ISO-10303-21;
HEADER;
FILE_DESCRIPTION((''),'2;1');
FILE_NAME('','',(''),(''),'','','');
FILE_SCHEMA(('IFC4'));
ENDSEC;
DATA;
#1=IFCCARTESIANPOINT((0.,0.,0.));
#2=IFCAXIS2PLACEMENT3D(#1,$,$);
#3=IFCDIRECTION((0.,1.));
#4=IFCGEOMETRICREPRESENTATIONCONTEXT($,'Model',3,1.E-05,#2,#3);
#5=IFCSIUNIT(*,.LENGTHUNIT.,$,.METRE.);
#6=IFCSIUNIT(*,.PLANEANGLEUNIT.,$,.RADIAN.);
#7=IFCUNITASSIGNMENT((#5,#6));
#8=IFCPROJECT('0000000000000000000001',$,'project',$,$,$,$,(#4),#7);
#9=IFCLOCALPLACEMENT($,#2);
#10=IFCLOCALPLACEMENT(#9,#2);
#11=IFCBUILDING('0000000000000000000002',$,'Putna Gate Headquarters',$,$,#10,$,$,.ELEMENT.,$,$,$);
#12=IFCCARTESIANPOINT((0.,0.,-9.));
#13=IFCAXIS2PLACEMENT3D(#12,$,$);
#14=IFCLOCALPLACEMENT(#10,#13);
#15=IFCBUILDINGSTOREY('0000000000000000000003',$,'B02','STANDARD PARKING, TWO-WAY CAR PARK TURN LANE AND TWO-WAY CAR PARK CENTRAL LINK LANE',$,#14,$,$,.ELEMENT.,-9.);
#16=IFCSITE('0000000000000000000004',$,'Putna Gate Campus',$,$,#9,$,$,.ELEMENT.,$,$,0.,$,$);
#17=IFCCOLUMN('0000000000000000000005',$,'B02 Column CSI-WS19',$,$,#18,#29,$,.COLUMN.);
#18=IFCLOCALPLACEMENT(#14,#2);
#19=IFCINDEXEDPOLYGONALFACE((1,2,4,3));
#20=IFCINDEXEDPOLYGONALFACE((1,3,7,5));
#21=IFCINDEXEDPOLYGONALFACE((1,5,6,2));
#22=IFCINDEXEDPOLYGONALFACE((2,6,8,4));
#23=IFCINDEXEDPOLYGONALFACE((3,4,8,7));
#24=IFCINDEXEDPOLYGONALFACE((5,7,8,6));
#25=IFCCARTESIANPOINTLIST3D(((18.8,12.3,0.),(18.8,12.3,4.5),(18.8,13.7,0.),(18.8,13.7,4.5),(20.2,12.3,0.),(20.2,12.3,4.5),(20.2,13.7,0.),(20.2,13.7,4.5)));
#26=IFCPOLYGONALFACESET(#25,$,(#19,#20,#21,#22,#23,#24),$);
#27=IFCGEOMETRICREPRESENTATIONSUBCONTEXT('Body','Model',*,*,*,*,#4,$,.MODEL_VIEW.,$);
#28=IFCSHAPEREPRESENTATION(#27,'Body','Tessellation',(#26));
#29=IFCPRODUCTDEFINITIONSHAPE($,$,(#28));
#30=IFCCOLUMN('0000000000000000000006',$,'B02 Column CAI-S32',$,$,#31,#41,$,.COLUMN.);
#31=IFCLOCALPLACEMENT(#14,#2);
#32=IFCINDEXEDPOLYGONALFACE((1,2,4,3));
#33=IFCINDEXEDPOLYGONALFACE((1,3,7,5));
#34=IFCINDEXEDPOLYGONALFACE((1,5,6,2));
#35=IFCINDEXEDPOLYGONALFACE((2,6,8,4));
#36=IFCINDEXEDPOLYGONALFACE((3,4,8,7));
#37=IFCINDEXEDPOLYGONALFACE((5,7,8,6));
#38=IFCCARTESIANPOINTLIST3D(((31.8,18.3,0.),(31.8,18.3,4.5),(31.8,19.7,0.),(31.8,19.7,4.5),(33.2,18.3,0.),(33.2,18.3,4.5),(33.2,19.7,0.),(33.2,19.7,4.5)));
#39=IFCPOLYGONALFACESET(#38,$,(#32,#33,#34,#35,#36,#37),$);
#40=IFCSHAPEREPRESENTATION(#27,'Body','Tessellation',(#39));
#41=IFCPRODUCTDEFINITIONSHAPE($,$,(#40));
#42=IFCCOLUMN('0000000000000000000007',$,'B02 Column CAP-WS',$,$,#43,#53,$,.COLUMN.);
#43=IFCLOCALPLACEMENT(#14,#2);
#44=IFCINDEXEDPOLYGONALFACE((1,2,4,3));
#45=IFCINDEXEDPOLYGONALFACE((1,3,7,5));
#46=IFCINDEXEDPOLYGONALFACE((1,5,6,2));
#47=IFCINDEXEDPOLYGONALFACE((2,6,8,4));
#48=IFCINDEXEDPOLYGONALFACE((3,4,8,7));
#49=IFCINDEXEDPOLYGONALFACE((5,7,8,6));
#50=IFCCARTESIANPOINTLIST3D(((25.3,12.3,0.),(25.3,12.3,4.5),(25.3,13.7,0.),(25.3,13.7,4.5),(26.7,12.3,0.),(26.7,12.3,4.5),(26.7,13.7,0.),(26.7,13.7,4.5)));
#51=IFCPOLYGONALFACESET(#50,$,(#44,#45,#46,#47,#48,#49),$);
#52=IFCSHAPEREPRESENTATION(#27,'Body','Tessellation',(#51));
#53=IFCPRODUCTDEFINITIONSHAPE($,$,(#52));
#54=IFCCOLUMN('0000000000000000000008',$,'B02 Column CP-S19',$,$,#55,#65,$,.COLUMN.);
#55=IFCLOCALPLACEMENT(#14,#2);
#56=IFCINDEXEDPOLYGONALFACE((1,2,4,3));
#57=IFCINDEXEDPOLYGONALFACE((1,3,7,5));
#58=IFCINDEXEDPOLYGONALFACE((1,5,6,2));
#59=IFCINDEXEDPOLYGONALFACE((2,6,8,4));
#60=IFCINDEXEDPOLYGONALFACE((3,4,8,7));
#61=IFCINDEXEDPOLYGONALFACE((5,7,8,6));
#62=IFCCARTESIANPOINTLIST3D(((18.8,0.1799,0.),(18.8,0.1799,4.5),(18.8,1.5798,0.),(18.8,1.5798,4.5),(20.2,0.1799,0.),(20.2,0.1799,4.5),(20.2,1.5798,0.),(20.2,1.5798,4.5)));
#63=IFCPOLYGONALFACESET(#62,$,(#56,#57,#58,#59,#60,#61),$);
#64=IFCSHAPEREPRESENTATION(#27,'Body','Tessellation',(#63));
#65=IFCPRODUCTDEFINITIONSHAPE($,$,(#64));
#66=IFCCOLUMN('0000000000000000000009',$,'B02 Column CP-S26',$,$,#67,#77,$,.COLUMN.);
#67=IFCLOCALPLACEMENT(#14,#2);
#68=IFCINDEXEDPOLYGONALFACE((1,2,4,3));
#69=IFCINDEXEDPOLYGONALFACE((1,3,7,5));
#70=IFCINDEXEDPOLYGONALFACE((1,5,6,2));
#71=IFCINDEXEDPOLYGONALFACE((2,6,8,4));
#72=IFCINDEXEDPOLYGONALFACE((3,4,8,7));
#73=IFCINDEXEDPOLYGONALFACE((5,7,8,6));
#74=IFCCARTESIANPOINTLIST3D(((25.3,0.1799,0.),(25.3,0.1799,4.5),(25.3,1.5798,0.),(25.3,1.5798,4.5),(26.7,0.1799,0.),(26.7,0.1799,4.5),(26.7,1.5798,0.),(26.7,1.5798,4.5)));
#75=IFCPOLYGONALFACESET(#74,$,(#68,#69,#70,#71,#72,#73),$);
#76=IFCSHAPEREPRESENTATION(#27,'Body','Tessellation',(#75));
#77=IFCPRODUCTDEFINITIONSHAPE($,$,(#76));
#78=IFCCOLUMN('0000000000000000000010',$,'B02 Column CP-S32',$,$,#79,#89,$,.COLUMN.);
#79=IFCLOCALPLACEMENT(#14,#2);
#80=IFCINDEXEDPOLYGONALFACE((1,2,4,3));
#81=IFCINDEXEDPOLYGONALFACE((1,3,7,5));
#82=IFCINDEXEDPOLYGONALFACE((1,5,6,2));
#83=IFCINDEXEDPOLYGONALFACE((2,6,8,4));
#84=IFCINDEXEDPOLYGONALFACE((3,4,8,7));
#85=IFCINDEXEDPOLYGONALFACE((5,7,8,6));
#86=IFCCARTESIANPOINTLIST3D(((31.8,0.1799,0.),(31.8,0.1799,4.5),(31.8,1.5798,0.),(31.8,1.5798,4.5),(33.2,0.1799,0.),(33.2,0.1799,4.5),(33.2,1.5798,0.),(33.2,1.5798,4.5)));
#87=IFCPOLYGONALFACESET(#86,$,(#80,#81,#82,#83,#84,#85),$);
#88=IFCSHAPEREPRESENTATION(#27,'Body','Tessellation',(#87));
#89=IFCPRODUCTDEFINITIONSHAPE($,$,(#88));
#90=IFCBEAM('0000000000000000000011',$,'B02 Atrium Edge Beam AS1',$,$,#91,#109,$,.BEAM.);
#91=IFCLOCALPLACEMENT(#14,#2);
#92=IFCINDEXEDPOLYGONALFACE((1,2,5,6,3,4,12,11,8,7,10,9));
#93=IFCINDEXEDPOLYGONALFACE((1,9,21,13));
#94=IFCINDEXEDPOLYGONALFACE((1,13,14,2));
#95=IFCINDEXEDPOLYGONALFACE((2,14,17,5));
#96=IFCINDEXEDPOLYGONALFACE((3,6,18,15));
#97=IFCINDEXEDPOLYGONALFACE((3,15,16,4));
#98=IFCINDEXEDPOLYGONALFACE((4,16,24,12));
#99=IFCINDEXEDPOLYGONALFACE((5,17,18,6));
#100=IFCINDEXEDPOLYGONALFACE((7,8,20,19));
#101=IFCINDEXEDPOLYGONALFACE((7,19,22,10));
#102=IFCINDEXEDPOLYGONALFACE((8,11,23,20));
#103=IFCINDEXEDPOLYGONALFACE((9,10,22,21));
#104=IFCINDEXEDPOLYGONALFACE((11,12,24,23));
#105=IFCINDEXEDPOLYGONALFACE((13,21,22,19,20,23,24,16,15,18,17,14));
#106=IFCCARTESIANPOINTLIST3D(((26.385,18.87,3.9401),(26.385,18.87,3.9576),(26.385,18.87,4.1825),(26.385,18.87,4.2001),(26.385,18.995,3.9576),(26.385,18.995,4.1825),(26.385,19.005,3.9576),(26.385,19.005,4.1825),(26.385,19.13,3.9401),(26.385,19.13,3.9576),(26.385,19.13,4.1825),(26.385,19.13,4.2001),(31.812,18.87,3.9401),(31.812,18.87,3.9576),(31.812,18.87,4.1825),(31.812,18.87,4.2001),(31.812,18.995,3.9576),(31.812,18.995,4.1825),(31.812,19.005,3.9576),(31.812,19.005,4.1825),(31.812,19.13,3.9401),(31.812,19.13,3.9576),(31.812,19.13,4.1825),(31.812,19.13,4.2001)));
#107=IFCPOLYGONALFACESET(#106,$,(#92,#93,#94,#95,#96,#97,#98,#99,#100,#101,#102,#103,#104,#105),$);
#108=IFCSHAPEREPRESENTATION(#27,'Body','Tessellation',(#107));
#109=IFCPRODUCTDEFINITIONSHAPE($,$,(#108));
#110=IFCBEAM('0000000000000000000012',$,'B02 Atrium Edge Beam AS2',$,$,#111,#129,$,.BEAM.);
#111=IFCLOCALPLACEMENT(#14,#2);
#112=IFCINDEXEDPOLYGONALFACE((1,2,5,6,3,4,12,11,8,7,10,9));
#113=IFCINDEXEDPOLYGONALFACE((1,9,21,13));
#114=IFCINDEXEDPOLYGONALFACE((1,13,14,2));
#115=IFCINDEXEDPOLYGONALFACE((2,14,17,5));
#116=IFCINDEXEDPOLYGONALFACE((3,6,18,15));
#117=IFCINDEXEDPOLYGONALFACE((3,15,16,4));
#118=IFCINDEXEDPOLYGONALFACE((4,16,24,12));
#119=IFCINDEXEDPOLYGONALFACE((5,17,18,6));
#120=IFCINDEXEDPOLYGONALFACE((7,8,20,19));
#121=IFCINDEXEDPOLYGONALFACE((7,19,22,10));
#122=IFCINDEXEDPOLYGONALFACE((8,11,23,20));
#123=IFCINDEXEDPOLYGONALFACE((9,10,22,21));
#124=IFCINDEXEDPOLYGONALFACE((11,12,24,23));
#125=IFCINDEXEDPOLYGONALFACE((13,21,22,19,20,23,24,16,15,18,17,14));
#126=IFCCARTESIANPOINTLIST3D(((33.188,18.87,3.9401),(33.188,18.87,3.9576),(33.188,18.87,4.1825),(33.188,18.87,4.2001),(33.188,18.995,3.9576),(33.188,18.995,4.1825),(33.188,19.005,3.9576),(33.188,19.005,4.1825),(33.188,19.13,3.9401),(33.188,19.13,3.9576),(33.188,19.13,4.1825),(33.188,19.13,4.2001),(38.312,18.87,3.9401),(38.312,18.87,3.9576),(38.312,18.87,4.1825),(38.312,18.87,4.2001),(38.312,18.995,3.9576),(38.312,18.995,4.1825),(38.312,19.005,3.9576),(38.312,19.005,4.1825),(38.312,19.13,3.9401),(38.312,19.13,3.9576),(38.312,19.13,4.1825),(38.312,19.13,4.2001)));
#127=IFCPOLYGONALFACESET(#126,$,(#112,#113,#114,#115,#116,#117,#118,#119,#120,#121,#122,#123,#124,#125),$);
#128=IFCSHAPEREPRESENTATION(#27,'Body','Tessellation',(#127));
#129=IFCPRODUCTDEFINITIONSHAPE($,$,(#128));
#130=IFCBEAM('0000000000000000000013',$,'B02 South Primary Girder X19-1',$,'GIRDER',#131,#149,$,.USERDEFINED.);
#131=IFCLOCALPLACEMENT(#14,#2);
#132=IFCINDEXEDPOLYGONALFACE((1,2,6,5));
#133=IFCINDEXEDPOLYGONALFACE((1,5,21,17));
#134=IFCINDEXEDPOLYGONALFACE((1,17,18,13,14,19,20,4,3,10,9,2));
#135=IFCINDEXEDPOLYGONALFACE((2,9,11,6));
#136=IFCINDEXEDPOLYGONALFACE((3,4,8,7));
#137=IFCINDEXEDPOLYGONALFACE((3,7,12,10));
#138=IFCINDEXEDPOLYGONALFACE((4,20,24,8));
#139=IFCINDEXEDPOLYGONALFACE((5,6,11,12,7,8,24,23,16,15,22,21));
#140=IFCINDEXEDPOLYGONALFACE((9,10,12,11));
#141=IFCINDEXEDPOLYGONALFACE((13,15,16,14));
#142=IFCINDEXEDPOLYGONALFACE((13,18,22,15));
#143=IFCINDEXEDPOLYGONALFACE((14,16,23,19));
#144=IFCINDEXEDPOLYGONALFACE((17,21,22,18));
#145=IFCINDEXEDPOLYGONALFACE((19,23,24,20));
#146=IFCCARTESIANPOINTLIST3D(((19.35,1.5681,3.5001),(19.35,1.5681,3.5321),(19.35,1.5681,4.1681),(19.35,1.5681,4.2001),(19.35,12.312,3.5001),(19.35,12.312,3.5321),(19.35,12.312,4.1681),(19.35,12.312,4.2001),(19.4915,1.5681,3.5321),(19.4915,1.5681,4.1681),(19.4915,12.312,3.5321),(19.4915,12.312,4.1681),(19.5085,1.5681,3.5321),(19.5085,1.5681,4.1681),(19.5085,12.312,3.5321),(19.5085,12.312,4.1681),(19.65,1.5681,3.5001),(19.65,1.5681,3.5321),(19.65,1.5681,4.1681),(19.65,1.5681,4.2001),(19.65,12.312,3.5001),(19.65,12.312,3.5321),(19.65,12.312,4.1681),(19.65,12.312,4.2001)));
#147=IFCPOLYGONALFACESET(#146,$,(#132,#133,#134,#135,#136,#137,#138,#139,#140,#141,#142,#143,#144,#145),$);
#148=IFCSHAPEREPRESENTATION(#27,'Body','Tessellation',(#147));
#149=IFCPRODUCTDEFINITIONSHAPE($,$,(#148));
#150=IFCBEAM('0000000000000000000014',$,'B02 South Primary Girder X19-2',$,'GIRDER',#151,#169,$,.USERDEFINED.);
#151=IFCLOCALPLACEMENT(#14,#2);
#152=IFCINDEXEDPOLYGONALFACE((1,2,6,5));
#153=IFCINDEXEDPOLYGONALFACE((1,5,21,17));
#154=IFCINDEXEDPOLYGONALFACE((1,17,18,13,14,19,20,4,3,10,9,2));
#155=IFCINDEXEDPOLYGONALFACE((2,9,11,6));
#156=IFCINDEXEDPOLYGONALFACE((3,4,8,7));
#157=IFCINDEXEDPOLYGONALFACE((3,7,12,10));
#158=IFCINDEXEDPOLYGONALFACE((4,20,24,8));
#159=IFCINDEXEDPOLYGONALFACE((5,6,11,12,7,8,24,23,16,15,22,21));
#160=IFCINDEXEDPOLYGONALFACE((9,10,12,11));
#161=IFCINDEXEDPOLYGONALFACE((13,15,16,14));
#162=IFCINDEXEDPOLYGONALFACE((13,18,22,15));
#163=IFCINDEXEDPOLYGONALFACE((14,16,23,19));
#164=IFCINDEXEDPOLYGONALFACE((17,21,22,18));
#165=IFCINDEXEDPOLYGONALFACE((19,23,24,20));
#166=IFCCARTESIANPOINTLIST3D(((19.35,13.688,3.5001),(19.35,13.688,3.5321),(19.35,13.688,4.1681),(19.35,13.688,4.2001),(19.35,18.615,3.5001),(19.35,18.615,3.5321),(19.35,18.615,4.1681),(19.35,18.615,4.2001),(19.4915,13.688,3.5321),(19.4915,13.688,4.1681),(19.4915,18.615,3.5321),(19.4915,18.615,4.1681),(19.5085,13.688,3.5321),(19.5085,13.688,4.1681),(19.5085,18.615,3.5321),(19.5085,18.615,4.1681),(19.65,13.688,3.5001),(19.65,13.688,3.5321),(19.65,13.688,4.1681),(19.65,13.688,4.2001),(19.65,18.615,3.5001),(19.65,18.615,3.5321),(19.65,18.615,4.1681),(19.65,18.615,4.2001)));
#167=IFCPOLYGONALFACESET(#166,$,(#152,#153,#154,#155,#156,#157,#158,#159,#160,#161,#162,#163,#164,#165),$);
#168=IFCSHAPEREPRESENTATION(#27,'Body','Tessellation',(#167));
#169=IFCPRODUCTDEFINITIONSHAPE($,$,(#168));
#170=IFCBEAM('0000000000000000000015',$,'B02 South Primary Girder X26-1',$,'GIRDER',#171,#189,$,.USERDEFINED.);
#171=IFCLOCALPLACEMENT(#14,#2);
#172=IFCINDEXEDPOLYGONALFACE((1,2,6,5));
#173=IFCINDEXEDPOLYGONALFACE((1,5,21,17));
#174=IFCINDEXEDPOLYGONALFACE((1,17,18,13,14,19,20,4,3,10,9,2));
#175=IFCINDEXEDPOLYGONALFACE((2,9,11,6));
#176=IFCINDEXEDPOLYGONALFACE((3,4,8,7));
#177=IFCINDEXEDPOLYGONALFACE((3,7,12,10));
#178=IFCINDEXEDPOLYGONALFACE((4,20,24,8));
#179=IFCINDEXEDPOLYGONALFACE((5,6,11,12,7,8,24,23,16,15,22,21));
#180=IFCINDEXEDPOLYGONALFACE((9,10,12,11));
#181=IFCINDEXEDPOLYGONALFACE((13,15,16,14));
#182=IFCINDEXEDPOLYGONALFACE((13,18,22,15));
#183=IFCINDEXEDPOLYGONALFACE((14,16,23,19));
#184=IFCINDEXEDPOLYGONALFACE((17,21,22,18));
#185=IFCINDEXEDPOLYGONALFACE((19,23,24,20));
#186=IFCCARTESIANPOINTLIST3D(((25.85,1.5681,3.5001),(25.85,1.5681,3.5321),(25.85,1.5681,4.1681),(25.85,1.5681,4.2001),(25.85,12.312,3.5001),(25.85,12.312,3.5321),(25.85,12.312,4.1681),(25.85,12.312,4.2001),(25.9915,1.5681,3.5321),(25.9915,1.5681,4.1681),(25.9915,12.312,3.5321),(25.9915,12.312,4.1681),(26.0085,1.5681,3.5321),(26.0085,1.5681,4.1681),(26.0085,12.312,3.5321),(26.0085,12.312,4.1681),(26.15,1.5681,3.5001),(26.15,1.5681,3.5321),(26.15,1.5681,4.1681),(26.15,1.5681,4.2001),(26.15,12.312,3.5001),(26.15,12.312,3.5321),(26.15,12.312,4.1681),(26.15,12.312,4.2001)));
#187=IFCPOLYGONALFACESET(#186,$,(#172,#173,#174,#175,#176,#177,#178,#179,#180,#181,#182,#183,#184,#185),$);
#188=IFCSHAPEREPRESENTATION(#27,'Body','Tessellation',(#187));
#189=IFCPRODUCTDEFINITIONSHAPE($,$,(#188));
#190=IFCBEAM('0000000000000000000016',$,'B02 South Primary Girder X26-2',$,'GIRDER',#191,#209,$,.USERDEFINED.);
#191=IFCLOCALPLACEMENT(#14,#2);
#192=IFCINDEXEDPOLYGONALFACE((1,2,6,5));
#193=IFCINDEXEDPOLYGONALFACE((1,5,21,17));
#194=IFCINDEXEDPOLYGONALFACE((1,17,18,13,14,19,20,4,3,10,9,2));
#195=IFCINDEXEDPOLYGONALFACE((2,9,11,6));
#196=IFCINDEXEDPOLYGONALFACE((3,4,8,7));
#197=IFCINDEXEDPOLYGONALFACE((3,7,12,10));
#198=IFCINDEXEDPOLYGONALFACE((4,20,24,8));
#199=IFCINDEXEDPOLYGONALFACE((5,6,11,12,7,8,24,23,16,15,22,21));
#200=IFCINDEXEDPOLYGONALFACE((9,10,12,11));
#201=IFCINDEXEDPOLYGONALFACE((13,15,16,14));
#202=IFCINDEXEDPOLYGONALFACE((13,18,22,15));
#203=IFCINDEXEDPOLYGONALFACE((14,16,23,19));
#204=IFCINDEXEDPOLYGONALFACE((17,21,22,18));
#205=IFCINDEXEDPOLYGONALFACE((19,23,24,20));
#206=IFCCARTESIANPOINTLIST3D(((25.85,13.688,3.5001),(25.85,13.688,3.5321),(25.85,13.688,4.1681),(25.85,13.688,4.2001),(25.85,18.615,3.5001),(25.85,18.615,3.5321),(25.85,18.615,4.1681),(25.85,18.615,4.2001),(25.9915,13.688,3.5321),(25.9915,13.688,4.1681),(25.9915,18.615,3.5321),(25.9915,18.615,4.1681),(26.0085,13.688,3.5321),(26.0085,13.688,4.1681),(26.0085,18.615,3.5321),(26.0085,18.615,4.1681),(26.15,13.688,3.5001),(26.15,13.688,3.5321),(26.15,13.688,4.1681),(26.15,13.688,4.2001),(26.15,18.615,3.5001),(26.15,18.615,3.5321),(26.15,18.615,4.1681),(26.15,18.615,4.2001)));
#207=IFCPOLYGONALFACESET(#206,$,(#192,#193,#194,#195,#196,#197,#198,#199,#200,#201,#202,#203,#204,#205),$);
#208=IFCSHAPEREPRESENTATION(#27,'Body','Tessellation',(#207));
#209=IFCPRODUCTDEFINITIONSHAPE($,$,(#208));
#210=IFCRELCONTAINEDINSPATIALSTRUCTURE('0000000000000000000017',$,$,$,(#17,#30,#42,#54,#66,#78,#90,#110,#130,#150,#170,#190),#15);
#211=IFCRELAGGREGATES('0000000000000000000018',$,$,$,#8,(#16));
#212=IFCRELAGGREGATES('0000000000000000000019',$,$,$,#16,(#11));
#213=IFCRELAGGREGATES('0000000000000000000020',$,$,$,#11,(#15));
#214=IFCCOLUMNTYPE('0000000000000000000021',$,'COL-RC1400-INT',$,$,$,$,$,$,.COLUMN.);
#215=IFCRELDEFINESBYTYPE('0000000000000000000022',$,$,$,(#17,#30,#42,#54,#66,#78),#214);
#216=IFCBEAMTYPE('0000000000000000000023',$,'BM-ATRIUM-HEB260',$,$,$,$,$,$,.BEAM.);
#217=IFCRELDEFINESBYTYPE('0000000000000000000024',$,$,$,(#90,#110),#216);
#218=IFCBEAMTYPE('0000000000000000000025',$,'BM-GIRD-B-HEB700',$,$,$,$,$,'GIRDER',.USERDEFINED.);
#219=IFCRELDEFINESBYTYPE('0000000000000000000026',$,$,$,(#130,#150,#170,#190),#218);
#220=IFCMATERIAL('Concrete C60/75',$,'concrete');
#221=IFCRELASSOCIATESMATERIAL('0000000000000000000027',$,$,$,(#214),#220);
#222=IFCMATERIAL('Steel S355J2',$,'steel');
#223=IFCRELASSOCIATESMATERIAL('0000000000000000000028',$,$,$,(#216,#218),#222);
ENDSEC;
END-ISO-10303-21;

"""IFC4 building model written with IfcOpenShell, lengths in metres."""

from ifc_helpers import new_model, si_unit, direction, frame, origin, origin_2d, place, context, subcontext, project, spatial, rectangle, i_section, extrude, material, material_profile, profile_set, type_object, element, save


model = new_model("IFC4")

# Units and contexts
model_context = context("Model", 3, precision=1e-05, world=origin(), true_north=direction((0.0, 1.0)))
body_context = subcontext(model_context, "Body", "Model", "MODEL_VIEW")
ifc_project = project(units=[si_unit("LENGTHUNIT", "METRE"), si_unit("PLANEANGLEUNIT", "RADIAN")], contexts=[model_context])

# Site, building, storey
site_placement = place(None, origin())
site = spatial("IfcSite", under=ifc_project, at=site_placement, Name="Putna Gate Campus", CompositionType="ELEMENT", RefElevation=0.0)
building_placement = place(site_placement, origin())
building = spatial("IfcBuilding", under=site, at=building_placement, Name="Putna Gate Headquarters", CompositionType="ELEMENT")
storey_placement = place(building_placement, frame((0.0, 0.0, -9.0)))
storey = spatial("IfcBuildingStorey", under=building, at=storey_placement, Name="B02", Description="STANDARD PARKING, TWO-WAY CAR PARK TURN LANE AND TWO-WAY CAR PARK CENTRAL LINK LANE", CompositionType="ELEMENT", Elevation=-9.0)

# Columns
ifc_material_1 = material(Name="Concrete C60/75", Category="concrete")
ifc_material_profile_1 = material_profile(ifc_material_1, rectangle(XDim=1.3999, YDim=1.3999, at=origin_2d()), Name="Concrete C60/75")
ifc_profile_set_1 = profile_set([ifc_material_profile_1], Name="Concrete C60/75")
column_type = type_object("IfcColumnType", Name="COL-RC1400-INT", PredefinedType="COLUMN", material=ifc_profile_set_1)
for number, where, z_axis, x_axis, name in (
    (1, (19.5, 13.0, 0.0), (0.0, 0.0, 1.0), (1.0, 0.0, 0.0), "B02 Column CSI-WS19"),
    (2, (32.5, 19.0, 0.0), (0.0, 0.0, 1.0), (1.0, 0.0, 0.0), "B02 Column CAI-S32"),
    (3, (26.0, 13.0, 0.0), (0.0, 0.0, 1.0), (1.0, 0.0, 0.0), "B02 Column CAP-WS"),
    (4, (19.5, 0.8799, 0.0), (0.0, 0.0, 1.0), (1.0, 0.0, 0.0), "B02 Column CP-S19"),
    (5, (26.0, 0.8799, 0.0), (0.0, 0.0, 1.0), (1.0, 0.0, 0.0), "B02 Column CP-S26"),
    (6, (32.5, 0.8799, 0.0), (0.0, 0.0, 1.0), (1.0, 0.0, 0.0), "B02 Column CP-S32"),
):
    element("IfcColumn", number, at=place(storey_placement, frame(where, z_axis=z_axis, x_axis=x_axis)), inside=storey, type_object=column_type, Name=name, PredefinedType="COLUMN", context=body_context, shape_type="SweptSolid", body=[
        extrude(rectangle(XDim=1.3999, YDim=1.3999, at=origin_2d()), origin(), (0.0, 0.0, 1.0), 4.5),
    ])

# Beams
ifc_material_2 = material(Name="Steel S355J2", Category="steel")
ifc_material_profile_2 = material_profile(ifc_material_2, i_section(OverallWidth=0.26, OverallDepth=0.26, WebThickness=0.01, FlangeThickness=0.0176, at=origin_2d()), Name="Steel S355J2")
ifc_profile_set_2 = profile_set([ifc_material_profile_2], Name="Steel S355J2")
beam_type_1 = type_object("IfcBeamType", Name="BM-ATRIUM-HEB260", PredefinedType="BEAM", material=ifc_profile_set_2)
beam_1_placement = place(storey_placement, frame((26.385, 19.0, 4.0701), z_axis=(1.0, 0.0, 0.0), x_axis=(0.0, 1.0, 0.0)))
element("IfcBeam", 7, at=beam_1_placement, inside=storey, type_object=beam_type_1, Name="B02 Atrium Edge Beam AS1", PredefinedType="BEAM", context=body_context, shape_type="SweptSolid", body=[
    extrude(i_section(OverallWidth=0.26, OverallDepth=0.26, WebThickness=0.01, FlangeThickness=0.0176, at=origin_2d()), origin(), (0.0, 0.0, 1.0), 5.427),
])
beam_2_placement = place(storey_placement, frame((33.188, 19.0, 4.0701), z_axis=(1.0, 0.0, 0.0), x_axis=(0.0, 1.0, 0.0)))
element("IfcBeam", 8, at=beam_2_placement, inside=storey, type_object=beam_type_1, Name="B02 Atrium Edge Beam AS2", PredefinedType="BEAM", context=body_context, shape_type="SweptSolid", body=[
    extrude(i_section(OverallWidth=0.26, OverallDepth=0.26, WebThickness=0.01, FlangeThickness=0.0176, at=origin_2d()), origin(), (0.0, 0.0, 1.0), 5.124),
])
ifc_material_profile_3 = material_profile(ifc_material_2, i_section(OverallWidth=0.3, OverallDepth=0.7, WebThickness=0.0171, FlangeThickness=0.032, at=origin_2d()), Name="Steel S355J2")
ifc_profile_set_3 = profile_set([ifc_material_profile_3], Name="Steel S355J2")
beam_type_2 = type_object("IfcBeamType", Name="BM-GIRD-B-HEB700", ElementType="GIRDER", PredefinedType="USERDEFINED", material=ifc_profile_set_3)
beam_3_placement = place(storey_placement, frame((19.5, 1.5681, 3.8501), z_axis=(0.0, 1.0, 0.0), x_axis=(-1.0, 0.0, 0.0)))
element("IfcBeam", 9, at=beam_3_placement, inside=storey, type_object=beam_type_2, Name="B02 South Primary Girder X19-1", ObjectType="GIRDER", PredefinedType="USERDEFINED", context=body_context, shape_type="SweptSolid", body=[
    extrude(i_section(OverallWidth=0.3, OverallDepth=0.7, WebThickness=0.0171, FlangeThickness=0.032, at=origin_2d()), origin(), (0.0, 0.0, 1.0), 10.7439),
])
beam_4_placement = place(storey_placement, frame((19.5, 13.688, 3.8501), z_axis=(0.0, 1.0, 0.0), x_axis=(-1.0, 0.0, 0.0)))
element("IfcBeam", 10, at=beam_4_placement, inside=storey, type_object=beam_type_2, Name="B02 South Primary Girder X19-2", ObjectType="GIRDER", PredefinedType="USERDEFINED", context=body_context, shape_type="SweptSolid", body=[
    extrude(i_section(OverallWidth=0.3, OverallDepth=0.7, WebThickness=0.0171, FlangeThickness=0.032, at=origin_2d()), origin(), (0.0, 0.0, 1.0), 4.927),
])
beam_5_placement = place(storey_placement, frame((26.0, 1.5681, 3.8501), z_axis=(0.0, 1.0, 0.0), x_axis=(-1.0, 0.0, 0.0)))
element("IfcBeam", 11, at=beam_5_placement, inside=storey, type_object=beam_type_2, Name="B02 South Primary Girder X26-1", ObjectType="GIRDER", PredefinedType="USERDEFINED", context=body_context, shape_type="SweptSolid", body=[
    extrude(i_section(OverallWidth=0.3, OverallDepth=0.7, WebThickness=0.0171, FlangeThickness=0.032, at=origin_2d()), origin(), (0.0, 0.0, 1.0), 10.7439),
])
beam_6_placement = place(storey_placement, frame((26.0, 13.688, 3.8501), z_axis=(0.0, 1.0, 0.0), x_axis=(-1.0, 0.0, 0.0)))
element("IfcBeam", 12, at=beam_6_placement, inside=storey, type_object=beam_type_2, Name="B02 South Primary Girder X26-2", ObjectType="GIRDER", PredefinedType="USERDEFINED", context=body_context, shape_type="SweptSolid", body=[
    extrude(i_section(OverallWidth=0.3, OverallDepth=0.7, WebThickness=0.0171, FlangeThickness=0.032, at=origin_2d()), origin(), (0.0, 0.0, 1.0), 4.927),
])

save(model, "model.ifc")
